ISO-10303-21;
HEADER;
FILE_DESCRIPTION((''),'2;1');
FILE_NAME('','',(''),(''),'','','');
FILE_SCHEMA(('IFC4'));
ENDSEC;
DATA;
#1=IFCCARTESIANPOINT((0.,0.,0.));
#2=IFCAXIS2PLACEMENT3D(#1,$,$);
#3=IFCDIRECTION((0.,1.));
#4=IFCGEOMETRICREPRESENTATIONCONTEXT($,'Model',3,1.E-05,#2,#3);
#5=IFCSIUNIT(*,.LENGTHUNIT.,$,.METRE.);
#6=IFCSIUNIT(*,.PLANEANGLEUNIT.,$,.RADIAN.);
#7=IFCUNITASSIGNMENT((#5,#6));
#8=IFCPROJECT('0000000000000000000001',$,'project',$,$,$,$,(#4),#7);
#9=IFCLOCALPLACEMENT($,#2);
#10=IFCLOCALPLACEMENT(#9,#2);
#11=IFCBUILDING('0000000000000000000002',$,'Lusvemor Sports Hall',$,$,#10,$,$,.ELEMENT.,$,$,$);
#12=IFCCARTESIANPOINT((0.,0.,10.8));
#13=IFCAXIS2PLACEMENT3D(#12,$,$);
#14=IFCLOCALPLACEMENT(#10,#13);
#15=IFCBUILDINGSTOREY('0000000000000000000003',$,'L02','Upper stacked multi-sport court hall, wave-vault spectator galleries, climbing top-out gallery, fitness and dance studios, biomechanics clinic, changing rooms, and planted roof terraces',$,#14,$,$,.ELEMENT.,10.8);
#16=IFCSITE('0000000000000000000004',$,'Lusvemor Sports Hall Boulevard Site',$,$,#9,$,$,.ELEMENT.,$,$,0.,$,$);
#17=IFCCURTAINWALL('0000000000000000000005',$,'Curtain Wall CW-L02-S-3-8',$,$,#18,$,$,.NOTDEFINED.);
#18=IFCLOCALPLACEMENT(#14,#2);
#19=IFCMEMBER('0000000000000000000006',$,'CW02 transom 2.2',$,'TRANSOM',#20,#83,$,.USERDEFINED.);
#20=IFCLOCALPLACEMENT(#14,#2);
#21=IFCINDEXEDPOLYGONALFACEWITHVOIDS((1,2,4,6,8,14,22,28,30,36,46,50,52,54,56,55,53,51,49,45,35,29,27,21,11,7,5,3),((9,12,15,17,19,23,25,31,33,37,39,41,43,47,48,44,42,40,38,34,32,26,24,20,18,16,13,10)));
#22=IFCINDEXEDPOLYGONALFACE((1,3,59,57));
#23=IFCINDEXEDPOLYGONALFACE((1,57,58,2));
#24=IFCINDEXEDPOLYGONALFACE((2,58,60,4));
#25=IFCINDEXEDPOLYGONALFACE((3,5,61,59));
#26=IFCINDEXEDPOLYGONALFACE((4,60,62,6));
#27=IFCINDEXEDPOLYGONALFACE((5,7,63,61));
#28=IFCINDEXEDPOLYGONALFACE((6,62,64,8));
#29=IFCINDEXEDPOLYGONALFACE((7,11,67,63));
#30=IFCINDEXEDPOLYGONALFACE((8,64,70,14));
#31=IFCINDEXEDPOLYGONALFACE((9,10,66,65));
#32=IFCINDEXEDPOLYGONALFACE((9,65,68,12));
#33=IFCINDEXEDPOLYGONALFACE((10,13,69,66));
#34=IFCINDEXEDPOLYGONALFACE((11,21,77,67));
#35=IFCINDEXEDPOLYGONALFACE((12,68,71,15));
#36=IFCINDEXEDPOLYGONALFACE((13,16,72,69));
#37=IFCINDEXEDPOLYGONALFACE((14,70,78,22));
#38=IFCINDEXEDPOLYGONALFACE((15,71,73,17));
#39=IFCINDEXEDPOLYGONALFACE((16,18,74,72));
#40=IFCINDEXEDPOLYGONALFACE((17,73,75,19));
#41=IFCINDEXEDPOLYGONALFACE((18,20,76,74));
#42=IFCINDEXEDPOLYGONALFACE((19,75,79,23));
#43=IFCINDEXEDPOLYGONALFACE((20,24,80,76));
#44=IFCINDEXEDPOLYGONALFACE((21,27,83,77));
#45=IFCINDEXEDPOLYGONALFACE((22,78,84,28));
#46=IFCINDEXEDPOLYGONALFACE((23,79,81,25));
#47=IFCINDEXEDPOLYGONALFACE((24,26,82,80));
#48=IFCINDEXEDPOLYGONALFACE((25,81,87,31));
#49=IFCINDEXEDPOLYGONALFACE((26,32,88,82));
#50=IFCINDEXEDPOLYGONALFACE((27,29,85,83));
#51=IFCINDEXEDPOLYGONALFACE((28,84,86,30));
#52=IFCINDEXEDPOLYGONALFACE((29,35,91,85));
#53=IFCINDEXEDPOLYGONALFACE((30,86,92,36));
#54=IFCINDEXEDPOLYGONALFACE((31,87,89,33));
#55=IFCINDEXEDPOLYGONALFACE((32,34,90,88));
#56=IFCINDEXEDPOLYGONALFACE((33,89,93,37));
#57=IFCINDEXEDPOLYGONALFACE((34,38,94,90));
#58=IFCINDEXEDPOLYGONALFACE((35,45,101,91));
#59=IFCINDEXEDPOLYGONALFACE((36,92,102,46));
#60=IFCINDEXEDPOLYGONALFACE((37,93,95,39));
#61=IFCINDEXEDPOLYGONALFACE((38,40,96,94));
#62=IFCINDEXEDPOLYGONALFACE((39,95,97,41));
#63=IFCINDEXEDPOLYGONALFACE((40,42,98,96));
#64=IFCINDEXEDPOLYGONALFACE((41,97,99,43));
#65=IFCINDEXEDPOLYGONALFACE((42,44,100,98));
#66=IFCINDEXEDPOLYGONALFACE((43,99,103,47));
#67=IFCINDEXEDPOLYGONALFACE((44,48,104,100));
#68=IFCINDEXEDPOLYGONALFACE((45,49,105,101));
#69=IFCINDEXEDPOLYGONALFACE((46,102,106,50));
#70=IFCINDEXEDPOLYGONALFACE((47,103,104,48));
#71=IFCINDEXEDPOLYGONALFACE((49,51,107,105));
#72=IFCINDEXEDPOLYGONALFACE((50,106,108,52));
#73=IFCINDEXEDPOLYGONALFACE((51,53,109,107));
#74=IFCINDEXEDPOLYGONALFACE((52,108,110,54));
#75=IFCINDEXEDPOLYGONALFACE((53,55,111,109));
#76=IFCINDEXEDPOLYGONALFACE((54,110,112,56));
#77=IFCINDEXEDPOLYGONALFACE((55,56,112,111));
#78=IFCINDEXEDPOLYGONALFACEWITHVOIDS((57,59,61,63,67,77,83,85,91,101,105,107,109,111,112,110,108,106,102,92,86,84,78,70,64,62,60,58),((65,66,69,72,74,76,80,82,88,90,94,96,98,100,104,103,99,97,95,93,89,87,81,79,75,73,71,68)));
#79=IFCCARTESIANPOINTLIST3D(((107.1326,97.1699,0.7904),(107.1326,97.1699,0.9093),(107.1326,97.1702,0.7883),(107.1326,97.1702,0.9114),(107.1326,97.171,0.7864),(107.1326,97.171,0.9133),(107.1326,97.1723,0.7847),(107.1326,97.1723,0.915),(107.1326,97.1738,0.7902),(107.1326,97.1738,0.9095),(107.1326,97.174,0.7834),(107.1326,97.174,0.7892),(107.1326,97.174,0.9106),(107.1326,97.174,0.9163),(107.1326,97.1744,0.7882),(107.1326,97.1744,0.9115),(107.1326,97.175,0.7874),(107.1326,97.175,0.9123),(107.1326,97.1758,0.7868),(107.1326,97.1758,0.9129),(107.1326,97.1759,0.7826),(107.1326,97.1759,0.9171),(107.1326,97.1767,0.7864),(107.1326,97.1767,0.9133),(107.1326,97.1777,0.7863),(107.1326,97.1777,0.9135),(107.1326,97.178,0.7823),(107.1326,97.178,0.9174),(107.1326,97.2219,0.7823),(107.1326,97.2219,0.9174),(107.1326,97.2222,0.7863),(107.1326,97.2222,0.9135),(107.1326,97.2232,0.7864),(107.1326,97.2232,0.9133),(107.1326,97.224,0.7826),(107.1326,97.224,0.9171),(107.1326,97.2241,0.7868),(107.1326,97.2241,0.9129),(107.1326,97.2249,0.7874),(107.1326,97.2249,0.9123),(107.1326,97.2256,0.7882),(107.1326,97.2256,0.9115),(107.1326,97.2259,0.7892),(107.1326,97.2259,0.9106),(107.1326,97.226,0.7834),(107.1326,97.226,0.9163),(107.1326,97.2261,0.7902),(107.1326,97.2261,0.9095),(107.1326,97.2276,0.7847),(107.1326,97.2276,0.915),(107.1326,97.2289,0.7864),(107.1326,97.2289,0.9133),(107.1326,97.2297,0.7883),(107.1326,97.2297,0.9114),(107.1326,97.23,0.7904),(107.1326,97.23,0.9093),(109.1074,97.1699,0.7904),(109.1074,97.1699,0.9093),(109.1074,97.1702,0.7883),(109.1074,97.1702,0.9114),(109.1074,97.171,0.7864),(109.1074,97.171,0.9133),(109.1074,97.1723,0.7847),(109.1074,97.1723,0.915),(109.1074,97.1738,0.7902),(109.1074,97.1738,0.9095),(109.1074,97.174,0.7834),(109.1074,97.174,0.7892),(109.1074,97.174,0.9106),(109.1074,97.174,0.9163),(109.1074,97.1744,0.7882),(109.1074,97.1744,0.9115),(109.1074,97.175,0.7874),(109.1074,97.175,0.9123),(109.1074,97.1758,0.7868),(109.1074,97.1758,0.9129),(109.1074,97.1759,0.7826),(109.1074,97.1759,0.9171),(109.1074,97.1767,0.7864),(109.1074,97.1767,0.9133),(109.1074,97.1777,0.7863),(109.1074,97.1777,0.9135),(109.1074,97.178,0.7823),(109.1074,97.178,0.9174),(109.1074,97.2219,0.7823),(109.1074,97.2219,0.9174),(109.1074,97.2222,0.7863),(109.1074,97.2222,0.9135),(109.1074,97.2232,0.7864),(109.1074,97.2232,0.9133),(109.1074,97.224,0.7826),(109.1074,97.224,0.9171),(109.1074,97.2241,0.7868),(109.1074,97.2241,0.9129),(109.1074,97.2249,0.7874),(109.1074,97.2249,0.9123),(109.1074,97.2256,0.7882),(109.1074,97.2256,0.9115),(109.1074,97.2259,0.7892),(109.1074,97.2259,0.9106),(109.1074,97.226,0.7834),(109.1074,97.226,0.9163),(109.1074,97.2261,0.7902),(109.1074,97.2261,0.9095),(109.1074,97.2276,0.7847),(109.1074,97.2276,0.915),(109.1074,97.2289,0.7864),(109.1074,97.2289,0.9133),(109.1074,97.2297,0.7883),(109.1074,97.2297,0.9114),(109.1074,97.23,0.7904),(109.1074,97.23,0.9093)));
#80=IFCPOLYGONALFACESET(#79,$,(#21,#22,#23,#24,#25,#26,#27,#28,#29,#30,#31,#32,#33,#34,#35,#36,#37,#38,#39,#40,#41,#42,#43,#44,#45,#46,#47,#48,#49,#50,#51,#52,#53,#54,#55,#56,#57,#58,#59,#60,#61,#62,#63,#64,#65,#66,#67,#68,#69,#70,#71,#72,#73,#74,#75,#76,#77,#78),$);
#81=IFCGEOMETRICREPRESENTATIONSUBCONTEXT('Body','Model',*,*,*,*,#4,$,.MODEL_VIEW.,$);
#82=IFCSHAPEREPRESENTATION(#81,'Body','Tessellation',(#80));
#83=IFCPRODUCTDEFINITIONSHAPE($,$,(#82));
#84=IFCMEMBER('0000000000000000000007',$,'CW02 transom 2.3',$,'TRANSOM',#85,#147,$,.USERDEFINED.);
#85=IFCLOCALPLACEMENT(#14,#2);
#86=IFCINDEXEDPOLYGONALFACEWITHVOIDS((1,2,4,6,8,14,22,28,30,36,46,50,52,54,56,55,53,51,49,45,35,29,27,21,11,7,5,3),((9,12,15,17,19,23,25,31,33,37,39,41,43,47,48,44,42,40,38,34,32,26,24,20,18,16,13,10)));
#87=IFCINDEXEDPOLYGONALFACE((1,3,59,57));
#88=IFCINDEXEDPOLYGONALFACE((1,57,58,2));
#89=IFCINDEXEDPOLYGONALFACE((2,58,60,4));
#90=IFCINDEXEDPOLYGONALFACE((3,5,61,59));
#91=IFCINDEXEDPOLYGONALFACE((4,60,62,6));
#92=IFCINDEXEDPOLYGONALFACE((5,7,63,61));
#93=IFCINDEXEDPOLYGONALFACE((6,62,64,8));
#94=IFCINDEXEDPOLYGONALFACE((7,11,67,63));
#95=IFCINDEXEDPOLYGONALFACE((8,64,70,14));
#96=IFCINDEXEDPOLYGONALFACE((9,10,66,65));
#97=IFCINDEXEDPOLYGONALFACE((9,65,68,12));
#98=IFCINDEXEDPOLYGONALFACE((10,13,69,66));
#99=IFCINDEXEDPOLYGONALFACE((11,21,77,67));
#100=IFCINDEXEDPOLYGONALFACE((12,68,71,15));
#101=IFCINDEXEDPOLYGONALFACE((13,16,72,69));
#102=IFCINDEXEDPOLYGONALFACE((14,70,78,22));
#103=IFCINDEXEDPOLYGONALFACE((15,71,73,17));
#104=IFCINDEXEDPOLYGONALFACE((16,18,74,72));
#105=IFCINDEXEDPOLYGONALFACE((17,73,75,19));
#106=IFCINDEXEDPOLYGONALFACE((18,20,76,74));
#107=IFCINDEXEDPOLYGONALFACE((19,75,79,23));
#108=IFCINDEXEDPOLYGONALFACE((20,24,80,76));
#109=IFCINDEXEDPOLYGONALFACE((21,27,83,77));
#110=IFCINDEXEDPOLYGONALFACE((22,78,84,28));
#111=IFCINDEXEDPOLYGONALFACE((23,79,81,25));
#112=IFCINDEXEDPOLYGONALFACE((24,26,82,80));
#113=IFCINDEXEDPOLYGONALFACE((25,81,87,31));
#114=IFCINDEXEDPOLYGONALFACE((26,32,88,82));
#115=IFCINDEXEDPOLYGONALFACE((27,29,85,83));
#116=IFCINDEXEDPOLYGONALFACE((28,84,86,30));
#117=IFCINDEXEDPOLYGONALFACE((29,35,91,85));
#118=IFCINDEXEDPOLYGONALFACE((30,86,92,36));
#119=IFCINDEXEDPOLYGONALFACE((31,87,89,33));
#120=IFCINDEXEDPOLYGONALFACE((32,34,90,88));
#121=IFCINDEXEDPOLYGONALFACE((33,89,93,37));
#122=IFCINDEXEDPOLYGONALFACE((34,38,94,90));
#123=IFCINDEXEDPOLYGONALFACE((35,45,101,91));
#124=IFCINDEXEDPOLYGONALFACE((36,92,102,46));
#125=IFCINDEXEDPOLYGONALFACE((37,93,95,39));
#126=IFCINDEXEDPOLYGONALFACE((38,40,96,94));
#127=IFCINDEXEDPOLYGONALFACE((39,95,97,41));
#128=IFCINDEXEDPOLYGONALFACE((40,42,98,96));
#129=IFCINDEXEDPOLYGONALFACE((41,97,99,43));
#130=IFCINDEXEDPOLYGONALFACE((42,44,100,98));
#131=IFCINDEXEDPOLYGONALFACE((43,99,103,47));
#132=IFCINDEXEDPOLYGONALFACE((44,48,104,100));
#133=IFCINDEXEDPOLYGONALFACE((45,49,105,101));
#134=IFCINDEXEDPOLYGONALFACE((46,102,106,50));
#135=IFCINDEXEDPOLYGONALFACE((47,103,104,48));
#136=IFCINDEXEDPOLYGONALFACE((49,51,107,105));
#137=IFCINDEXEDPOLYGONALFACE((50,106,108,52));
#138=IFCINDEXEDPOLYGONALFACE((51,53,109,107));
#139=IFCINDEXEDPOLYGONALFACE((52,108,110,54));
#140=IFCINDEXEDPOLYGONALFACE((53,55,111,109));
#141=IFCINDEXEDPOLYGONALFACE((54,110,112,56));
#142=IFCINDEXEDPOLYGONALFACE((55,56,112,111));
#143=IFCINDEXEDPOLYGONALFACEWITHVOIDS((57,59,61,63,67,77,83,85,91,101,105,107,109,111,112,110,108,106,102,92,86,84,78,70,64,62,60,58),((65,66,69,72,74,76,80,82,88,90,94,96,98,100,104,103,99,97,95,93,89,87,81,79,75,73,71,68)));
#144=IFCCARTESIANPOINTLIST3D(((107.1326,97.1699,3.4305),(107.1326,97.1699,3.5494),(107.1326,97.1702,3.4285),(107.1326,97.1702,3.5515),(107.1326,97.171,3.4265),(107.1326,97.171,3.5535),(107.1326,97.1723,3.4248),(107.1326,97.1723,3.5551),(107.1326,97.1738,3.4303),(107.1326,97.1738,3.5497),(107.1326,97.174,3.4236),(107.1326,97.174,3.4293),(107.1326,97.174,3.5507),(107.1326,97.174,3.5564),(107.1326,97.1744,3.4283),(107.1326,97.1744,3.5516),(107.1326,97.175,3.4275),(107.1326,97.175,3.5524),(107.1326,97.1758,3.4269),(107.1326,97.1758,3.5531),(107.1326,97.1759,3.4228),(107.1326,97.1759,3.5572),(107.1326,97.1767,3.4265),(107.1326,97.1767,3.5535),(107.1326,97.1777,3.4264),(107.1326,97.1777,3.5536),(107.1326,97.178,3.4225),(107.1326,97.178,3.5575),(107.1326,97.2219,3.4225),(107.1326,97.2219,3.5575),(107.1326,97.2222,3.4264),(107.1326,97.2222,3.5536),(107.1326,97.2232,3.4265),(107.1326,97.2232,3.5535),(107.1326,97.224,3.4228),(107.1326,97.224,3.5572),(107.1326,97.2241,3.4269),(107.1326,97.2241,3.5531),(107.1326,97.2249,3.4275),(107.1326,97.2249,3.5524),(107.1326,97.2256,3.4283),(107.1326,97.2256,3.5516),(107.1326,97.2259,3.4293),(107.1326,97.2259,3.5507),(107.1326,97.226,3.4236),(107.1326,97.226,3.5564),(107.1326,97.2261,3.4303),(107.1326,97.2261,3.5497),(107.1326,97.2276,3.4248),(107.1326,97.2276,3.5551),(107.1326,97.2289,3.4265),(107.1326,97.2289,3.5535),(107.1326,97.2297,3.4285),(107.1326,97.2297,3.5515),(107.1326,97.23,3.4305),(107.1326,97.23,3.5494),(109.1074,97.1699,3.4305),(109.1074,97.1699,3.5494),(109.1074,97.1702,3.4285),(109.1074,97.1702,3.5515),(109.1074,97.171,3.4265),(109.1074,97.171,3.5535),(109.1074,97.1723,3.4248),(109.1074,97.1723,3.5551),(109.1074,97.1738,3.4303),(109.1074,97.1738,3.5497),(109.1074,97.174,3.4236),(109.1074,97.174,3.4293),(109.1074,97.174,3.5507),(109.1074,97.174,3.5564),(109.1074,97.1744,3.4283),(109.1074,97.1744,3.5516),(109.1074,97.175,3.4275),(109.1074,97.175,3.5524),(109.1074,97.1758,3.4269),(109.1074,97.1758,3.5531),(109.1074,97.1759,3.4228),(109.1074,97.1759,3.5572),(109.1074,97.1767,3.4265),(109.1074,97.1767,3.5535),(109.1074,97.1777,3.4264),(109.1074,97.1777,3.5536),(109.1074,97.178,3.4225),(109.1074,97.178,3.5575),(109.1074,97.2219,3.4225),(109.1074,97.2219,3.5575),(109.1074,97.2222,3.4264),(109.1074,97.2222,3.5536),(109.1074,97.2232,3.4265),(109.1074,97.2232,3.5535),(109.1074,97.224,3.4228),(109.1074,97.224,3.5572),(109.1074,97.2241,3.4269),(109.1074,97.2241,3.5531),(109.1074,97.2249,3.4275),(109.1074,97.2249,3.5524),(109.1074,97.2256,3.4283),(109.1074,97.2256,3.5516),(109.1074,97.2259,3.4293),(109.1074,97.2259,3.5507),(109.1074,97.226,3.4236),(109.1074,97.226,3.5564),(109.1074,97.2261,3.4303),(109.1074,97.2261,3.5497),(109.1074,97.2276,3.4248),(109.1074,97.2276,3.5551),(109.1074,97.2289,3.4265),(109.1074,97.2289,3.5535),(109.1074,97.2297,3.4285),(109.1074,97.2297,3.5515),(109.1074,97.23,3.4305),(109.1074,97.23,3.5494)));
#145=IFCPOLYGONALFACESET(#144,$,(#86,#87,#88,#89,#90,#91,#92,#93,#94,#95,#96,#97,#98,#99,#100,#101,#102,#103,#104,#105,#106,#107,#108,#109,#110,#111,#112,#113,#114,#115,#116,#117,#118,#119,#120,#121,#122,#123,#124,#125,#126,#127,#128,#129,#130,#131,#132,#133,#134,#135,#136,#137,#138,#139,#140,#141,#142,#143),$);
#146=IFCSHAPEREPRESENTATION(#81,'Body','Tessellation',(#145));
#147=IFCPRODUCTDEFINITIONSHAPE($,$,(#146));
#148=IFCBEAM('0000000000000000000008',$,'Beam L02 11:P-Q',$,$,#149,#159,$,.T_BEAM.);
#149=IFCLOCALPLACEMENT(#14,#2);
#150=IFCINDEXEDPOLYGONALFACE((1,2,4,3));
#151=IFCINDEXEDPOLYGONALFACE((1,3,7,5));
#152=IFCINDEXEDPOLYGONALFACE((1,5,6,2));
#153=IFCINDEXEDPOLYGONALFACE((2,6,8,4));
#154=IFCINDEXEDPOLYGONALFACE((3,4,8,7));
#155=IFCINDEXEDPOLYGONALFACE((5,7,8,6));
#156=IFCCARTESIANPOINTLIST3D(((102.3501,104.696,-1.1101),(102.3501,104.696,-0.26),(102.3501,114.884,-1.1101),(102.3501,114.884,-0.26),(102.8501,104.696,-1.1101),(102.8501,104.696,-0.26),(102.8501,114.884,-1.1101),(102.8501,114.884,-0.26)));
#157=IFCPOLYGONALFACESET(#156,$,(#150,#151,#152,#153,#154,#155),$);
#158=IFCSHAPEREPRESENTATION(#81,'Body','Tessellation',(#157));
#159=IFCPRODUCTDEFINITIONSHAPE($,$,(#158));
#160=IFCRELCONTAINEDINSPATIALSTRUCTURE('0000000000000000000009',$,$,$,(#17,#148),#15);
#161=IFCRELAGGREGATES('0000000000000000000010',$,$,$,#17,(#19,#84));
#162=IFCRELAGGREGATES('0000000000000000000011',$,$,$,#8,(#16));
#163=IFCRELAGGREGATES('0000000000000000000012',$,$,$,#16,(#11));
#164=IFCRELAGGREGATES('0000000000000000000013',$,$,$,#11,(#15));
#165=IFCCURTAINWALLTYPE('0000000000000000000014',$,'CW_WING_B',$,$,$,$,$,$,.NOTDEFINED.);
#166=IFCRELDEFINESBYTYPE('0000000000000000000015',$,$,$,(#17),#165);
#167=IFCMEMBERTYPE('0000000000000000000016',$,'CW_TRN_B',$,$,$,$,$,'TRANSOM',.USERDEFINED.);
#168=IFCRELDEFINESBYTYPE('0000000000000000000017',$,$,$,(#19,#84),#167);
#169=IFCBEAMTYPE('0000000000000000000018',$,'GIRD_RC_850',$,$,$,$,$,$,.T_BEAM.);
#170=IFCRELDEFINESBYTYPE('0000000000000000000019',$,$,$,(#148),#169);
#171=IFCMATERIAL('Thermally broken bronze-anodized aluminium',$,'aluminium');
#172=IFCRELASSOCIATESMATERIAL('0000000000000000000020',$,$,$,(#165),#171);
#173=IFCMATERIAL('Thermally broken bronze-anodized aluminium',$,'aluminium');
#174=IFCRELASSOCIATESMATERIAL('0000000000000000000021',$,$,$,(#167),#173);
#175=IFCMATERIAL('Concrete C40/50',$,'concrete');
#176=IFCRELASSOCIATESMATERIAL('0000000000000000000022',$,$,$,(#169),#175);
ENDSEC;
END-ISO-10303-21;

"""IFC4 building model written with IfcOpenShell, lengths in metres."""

from ifc_helpers import new_model, si_unit, direction, frame, origin, origin_2d, place, context, subcontext, project, spatial, rectangle, hollow_rectangle, extrude, material, material_profile, profile_set, type_object, element, aggregate, save


model = new_model("IFC4")

# Units and contexts
model_context = context("Model", 3, precision=1e-05, world=origin(), true_north=direction((0.0, 1.0)))
body_context = subcontext(model_context, "Body", "Model", "MODEL_VIEW")
ifc_project = project(units=[si_unit("LENGTHUNIT", "METRE"), si_unit("PLANEANGLEUNIT", "RADIAN")], contexts=[model_context])

# Site, building, storey
site_placement = place(None, origin())
site = spatial("IfcSite", under=ifc_project, at=site_placement, Name="Lusvemor Sports Hall Boulevard Site", CompositionType="ELEMENT", RefElevation=0.0)
building_placement = place(site_placement, origin())
building = spatial("IfcBuilding", under=site, at=building_placement, Name="Lusvemor Sports Hall", CompositionType="ELEMENT")
storey_placement = place(building_placement, frame((0.0, 0.0, 10.8)))
storey = spatial("IfcBuildingStorey", under=building, at=storey_placement, Name="L02", Description="Upper stacked multi-sport court hall, wave-vault spectator galleries, climbing top-out gallery, fitness and dance studios, biomechanics clinic, changing rooms, and planted roof terraces", CompositionType="ELEMENT", Elevation=10.8)

# Curtain wall, members
ifc_material_1 = material(Name="Thermally broken bronze-anodized aluminium", Category="aluminium")
curtain_wall_type = type_object("IfcCurtainWallType", Name="CW_WING_B", PredefinedType="NOTDEFINED", material=ifc_material_1)
curtain_wall_placement = place(storey_placement, origin())
curtain_wall = element("IfcCurtainWall", 1, at=curtain_wall_placement, inside=storey, type_object=curtain_wall_type, Name="Curtain Wall CW-L02-S-3-8", PredefinedType="NOTDEFINED")
ifc_material_2 = material(Name="Thermally broken bronze-anodized aluminium", Category="aluminium")
ifc_material_profile_1 = material_profile(ifc_material_2, hollow_rectangle(XDim=0.0601, YDim=0.135, WallThickness=0.0039, InnerFilletRadius=0.0039, OuterFilletRadius=0.0081, at=origin_2d()), Name="CWTRN135x60x4")
ifc_profile_set_1 = profile_set([ifc_material_profile_1], Name="Thermally broken bronze-anodized aluminium")
member_type_1 = type_object("IfcMemberType", Name="CW_TRN_B", ElementType="TRANSOM", PredefinedType="USERDEFINED", material=ifc_profile_set_1)
member_1_placement = place(storey_placement, frame((109.1074, 97.2, 0.8499), z_axis=(-1.0, 0.0, 0.0), x_axis=(0.0, -1.0, 0.0)))
member_1 = element("IfcMember", 2, at=member_1_placement, type_object=member_type_1, Name="CW02 transom 2.2", ObjectType="TRANSOM", PredefinedType="USERDEFINED", context=body_context, shape_type="SweptSolid", body=[
    extrude(hollow_rectangle(XDim=0.0601, YDim=0.135, WallThickness=0.0039, InnerFilletRadius=0.0039, OuterFilletRadius=0.0081, at=origin_2d()), origin(), (0.0, 0.0, 1.0), 1.9749),
])
member_2_placement = place(storey_placement, frame((109.1074, 97.2, 3.49), z_axis=(-1.0, 0.0, 0.0), x_axis=(0.0, -1.0, 0.0)))
member_2 = element("IfcMember", 3, at=member_2_placement, type_object=member_type_1, Name="CW02 transom 2.3", ObjectType="TRANSOM", PredefinedType="USERDEFINED", context=body_context, shape_type="SweptSolid", body=[
    extrude(hollow_rectangle(XDim=0.0601, YDim=0.135, WallThickness=0.0039, InnerFilletRadius=0.0039, OuterFilletRadius=0.0081, at=origin_2d()), origin(), (0.0, 0.0, 1.0), 1.9749),
])

# Beam
ifc_material_3 = material(Name="Concrete C40/50", Category="concrete")
ifc_material_profile_2 = material_profile(ifc_material_3, rectangle(XDim=0.5, YDim=0.8501, at=origin_2d()), Name="RC500x850")
ifc_profile_set_2 = profile_set([ifc_material_profile_2], Name="Concrete C40/50")
beam_type_1 = type_object("IfcBeamType", Name="GIRD_RC_850", PredefinedType="T_BEAM", material=ifc_profile_set_2)
beam_1_placement = place(storey_placement, frame((102.6001, 104.696, -0.6851), z_axis=(0.0, 1.0, 0.0), x_axis=(-1.0, 0.0, 0.0)))
element("IfcBeam", 4, at=beam_1_placement, inside=storey, type_object=beam_type_1, Name="Beam L02 11:P-Q", PredefinedType="T_BEAM", context=body_context, shape_type="SweptSolid", body=[
    extrude(rectangle(XDim=0.5, YDim=0.8501, at=origin_2d()), origin(), (0.0, 0.0, 1.0), 10.188),
])

aggregate(curtain_wall, [member_1, member_2])

save(model, "model.ifc")
